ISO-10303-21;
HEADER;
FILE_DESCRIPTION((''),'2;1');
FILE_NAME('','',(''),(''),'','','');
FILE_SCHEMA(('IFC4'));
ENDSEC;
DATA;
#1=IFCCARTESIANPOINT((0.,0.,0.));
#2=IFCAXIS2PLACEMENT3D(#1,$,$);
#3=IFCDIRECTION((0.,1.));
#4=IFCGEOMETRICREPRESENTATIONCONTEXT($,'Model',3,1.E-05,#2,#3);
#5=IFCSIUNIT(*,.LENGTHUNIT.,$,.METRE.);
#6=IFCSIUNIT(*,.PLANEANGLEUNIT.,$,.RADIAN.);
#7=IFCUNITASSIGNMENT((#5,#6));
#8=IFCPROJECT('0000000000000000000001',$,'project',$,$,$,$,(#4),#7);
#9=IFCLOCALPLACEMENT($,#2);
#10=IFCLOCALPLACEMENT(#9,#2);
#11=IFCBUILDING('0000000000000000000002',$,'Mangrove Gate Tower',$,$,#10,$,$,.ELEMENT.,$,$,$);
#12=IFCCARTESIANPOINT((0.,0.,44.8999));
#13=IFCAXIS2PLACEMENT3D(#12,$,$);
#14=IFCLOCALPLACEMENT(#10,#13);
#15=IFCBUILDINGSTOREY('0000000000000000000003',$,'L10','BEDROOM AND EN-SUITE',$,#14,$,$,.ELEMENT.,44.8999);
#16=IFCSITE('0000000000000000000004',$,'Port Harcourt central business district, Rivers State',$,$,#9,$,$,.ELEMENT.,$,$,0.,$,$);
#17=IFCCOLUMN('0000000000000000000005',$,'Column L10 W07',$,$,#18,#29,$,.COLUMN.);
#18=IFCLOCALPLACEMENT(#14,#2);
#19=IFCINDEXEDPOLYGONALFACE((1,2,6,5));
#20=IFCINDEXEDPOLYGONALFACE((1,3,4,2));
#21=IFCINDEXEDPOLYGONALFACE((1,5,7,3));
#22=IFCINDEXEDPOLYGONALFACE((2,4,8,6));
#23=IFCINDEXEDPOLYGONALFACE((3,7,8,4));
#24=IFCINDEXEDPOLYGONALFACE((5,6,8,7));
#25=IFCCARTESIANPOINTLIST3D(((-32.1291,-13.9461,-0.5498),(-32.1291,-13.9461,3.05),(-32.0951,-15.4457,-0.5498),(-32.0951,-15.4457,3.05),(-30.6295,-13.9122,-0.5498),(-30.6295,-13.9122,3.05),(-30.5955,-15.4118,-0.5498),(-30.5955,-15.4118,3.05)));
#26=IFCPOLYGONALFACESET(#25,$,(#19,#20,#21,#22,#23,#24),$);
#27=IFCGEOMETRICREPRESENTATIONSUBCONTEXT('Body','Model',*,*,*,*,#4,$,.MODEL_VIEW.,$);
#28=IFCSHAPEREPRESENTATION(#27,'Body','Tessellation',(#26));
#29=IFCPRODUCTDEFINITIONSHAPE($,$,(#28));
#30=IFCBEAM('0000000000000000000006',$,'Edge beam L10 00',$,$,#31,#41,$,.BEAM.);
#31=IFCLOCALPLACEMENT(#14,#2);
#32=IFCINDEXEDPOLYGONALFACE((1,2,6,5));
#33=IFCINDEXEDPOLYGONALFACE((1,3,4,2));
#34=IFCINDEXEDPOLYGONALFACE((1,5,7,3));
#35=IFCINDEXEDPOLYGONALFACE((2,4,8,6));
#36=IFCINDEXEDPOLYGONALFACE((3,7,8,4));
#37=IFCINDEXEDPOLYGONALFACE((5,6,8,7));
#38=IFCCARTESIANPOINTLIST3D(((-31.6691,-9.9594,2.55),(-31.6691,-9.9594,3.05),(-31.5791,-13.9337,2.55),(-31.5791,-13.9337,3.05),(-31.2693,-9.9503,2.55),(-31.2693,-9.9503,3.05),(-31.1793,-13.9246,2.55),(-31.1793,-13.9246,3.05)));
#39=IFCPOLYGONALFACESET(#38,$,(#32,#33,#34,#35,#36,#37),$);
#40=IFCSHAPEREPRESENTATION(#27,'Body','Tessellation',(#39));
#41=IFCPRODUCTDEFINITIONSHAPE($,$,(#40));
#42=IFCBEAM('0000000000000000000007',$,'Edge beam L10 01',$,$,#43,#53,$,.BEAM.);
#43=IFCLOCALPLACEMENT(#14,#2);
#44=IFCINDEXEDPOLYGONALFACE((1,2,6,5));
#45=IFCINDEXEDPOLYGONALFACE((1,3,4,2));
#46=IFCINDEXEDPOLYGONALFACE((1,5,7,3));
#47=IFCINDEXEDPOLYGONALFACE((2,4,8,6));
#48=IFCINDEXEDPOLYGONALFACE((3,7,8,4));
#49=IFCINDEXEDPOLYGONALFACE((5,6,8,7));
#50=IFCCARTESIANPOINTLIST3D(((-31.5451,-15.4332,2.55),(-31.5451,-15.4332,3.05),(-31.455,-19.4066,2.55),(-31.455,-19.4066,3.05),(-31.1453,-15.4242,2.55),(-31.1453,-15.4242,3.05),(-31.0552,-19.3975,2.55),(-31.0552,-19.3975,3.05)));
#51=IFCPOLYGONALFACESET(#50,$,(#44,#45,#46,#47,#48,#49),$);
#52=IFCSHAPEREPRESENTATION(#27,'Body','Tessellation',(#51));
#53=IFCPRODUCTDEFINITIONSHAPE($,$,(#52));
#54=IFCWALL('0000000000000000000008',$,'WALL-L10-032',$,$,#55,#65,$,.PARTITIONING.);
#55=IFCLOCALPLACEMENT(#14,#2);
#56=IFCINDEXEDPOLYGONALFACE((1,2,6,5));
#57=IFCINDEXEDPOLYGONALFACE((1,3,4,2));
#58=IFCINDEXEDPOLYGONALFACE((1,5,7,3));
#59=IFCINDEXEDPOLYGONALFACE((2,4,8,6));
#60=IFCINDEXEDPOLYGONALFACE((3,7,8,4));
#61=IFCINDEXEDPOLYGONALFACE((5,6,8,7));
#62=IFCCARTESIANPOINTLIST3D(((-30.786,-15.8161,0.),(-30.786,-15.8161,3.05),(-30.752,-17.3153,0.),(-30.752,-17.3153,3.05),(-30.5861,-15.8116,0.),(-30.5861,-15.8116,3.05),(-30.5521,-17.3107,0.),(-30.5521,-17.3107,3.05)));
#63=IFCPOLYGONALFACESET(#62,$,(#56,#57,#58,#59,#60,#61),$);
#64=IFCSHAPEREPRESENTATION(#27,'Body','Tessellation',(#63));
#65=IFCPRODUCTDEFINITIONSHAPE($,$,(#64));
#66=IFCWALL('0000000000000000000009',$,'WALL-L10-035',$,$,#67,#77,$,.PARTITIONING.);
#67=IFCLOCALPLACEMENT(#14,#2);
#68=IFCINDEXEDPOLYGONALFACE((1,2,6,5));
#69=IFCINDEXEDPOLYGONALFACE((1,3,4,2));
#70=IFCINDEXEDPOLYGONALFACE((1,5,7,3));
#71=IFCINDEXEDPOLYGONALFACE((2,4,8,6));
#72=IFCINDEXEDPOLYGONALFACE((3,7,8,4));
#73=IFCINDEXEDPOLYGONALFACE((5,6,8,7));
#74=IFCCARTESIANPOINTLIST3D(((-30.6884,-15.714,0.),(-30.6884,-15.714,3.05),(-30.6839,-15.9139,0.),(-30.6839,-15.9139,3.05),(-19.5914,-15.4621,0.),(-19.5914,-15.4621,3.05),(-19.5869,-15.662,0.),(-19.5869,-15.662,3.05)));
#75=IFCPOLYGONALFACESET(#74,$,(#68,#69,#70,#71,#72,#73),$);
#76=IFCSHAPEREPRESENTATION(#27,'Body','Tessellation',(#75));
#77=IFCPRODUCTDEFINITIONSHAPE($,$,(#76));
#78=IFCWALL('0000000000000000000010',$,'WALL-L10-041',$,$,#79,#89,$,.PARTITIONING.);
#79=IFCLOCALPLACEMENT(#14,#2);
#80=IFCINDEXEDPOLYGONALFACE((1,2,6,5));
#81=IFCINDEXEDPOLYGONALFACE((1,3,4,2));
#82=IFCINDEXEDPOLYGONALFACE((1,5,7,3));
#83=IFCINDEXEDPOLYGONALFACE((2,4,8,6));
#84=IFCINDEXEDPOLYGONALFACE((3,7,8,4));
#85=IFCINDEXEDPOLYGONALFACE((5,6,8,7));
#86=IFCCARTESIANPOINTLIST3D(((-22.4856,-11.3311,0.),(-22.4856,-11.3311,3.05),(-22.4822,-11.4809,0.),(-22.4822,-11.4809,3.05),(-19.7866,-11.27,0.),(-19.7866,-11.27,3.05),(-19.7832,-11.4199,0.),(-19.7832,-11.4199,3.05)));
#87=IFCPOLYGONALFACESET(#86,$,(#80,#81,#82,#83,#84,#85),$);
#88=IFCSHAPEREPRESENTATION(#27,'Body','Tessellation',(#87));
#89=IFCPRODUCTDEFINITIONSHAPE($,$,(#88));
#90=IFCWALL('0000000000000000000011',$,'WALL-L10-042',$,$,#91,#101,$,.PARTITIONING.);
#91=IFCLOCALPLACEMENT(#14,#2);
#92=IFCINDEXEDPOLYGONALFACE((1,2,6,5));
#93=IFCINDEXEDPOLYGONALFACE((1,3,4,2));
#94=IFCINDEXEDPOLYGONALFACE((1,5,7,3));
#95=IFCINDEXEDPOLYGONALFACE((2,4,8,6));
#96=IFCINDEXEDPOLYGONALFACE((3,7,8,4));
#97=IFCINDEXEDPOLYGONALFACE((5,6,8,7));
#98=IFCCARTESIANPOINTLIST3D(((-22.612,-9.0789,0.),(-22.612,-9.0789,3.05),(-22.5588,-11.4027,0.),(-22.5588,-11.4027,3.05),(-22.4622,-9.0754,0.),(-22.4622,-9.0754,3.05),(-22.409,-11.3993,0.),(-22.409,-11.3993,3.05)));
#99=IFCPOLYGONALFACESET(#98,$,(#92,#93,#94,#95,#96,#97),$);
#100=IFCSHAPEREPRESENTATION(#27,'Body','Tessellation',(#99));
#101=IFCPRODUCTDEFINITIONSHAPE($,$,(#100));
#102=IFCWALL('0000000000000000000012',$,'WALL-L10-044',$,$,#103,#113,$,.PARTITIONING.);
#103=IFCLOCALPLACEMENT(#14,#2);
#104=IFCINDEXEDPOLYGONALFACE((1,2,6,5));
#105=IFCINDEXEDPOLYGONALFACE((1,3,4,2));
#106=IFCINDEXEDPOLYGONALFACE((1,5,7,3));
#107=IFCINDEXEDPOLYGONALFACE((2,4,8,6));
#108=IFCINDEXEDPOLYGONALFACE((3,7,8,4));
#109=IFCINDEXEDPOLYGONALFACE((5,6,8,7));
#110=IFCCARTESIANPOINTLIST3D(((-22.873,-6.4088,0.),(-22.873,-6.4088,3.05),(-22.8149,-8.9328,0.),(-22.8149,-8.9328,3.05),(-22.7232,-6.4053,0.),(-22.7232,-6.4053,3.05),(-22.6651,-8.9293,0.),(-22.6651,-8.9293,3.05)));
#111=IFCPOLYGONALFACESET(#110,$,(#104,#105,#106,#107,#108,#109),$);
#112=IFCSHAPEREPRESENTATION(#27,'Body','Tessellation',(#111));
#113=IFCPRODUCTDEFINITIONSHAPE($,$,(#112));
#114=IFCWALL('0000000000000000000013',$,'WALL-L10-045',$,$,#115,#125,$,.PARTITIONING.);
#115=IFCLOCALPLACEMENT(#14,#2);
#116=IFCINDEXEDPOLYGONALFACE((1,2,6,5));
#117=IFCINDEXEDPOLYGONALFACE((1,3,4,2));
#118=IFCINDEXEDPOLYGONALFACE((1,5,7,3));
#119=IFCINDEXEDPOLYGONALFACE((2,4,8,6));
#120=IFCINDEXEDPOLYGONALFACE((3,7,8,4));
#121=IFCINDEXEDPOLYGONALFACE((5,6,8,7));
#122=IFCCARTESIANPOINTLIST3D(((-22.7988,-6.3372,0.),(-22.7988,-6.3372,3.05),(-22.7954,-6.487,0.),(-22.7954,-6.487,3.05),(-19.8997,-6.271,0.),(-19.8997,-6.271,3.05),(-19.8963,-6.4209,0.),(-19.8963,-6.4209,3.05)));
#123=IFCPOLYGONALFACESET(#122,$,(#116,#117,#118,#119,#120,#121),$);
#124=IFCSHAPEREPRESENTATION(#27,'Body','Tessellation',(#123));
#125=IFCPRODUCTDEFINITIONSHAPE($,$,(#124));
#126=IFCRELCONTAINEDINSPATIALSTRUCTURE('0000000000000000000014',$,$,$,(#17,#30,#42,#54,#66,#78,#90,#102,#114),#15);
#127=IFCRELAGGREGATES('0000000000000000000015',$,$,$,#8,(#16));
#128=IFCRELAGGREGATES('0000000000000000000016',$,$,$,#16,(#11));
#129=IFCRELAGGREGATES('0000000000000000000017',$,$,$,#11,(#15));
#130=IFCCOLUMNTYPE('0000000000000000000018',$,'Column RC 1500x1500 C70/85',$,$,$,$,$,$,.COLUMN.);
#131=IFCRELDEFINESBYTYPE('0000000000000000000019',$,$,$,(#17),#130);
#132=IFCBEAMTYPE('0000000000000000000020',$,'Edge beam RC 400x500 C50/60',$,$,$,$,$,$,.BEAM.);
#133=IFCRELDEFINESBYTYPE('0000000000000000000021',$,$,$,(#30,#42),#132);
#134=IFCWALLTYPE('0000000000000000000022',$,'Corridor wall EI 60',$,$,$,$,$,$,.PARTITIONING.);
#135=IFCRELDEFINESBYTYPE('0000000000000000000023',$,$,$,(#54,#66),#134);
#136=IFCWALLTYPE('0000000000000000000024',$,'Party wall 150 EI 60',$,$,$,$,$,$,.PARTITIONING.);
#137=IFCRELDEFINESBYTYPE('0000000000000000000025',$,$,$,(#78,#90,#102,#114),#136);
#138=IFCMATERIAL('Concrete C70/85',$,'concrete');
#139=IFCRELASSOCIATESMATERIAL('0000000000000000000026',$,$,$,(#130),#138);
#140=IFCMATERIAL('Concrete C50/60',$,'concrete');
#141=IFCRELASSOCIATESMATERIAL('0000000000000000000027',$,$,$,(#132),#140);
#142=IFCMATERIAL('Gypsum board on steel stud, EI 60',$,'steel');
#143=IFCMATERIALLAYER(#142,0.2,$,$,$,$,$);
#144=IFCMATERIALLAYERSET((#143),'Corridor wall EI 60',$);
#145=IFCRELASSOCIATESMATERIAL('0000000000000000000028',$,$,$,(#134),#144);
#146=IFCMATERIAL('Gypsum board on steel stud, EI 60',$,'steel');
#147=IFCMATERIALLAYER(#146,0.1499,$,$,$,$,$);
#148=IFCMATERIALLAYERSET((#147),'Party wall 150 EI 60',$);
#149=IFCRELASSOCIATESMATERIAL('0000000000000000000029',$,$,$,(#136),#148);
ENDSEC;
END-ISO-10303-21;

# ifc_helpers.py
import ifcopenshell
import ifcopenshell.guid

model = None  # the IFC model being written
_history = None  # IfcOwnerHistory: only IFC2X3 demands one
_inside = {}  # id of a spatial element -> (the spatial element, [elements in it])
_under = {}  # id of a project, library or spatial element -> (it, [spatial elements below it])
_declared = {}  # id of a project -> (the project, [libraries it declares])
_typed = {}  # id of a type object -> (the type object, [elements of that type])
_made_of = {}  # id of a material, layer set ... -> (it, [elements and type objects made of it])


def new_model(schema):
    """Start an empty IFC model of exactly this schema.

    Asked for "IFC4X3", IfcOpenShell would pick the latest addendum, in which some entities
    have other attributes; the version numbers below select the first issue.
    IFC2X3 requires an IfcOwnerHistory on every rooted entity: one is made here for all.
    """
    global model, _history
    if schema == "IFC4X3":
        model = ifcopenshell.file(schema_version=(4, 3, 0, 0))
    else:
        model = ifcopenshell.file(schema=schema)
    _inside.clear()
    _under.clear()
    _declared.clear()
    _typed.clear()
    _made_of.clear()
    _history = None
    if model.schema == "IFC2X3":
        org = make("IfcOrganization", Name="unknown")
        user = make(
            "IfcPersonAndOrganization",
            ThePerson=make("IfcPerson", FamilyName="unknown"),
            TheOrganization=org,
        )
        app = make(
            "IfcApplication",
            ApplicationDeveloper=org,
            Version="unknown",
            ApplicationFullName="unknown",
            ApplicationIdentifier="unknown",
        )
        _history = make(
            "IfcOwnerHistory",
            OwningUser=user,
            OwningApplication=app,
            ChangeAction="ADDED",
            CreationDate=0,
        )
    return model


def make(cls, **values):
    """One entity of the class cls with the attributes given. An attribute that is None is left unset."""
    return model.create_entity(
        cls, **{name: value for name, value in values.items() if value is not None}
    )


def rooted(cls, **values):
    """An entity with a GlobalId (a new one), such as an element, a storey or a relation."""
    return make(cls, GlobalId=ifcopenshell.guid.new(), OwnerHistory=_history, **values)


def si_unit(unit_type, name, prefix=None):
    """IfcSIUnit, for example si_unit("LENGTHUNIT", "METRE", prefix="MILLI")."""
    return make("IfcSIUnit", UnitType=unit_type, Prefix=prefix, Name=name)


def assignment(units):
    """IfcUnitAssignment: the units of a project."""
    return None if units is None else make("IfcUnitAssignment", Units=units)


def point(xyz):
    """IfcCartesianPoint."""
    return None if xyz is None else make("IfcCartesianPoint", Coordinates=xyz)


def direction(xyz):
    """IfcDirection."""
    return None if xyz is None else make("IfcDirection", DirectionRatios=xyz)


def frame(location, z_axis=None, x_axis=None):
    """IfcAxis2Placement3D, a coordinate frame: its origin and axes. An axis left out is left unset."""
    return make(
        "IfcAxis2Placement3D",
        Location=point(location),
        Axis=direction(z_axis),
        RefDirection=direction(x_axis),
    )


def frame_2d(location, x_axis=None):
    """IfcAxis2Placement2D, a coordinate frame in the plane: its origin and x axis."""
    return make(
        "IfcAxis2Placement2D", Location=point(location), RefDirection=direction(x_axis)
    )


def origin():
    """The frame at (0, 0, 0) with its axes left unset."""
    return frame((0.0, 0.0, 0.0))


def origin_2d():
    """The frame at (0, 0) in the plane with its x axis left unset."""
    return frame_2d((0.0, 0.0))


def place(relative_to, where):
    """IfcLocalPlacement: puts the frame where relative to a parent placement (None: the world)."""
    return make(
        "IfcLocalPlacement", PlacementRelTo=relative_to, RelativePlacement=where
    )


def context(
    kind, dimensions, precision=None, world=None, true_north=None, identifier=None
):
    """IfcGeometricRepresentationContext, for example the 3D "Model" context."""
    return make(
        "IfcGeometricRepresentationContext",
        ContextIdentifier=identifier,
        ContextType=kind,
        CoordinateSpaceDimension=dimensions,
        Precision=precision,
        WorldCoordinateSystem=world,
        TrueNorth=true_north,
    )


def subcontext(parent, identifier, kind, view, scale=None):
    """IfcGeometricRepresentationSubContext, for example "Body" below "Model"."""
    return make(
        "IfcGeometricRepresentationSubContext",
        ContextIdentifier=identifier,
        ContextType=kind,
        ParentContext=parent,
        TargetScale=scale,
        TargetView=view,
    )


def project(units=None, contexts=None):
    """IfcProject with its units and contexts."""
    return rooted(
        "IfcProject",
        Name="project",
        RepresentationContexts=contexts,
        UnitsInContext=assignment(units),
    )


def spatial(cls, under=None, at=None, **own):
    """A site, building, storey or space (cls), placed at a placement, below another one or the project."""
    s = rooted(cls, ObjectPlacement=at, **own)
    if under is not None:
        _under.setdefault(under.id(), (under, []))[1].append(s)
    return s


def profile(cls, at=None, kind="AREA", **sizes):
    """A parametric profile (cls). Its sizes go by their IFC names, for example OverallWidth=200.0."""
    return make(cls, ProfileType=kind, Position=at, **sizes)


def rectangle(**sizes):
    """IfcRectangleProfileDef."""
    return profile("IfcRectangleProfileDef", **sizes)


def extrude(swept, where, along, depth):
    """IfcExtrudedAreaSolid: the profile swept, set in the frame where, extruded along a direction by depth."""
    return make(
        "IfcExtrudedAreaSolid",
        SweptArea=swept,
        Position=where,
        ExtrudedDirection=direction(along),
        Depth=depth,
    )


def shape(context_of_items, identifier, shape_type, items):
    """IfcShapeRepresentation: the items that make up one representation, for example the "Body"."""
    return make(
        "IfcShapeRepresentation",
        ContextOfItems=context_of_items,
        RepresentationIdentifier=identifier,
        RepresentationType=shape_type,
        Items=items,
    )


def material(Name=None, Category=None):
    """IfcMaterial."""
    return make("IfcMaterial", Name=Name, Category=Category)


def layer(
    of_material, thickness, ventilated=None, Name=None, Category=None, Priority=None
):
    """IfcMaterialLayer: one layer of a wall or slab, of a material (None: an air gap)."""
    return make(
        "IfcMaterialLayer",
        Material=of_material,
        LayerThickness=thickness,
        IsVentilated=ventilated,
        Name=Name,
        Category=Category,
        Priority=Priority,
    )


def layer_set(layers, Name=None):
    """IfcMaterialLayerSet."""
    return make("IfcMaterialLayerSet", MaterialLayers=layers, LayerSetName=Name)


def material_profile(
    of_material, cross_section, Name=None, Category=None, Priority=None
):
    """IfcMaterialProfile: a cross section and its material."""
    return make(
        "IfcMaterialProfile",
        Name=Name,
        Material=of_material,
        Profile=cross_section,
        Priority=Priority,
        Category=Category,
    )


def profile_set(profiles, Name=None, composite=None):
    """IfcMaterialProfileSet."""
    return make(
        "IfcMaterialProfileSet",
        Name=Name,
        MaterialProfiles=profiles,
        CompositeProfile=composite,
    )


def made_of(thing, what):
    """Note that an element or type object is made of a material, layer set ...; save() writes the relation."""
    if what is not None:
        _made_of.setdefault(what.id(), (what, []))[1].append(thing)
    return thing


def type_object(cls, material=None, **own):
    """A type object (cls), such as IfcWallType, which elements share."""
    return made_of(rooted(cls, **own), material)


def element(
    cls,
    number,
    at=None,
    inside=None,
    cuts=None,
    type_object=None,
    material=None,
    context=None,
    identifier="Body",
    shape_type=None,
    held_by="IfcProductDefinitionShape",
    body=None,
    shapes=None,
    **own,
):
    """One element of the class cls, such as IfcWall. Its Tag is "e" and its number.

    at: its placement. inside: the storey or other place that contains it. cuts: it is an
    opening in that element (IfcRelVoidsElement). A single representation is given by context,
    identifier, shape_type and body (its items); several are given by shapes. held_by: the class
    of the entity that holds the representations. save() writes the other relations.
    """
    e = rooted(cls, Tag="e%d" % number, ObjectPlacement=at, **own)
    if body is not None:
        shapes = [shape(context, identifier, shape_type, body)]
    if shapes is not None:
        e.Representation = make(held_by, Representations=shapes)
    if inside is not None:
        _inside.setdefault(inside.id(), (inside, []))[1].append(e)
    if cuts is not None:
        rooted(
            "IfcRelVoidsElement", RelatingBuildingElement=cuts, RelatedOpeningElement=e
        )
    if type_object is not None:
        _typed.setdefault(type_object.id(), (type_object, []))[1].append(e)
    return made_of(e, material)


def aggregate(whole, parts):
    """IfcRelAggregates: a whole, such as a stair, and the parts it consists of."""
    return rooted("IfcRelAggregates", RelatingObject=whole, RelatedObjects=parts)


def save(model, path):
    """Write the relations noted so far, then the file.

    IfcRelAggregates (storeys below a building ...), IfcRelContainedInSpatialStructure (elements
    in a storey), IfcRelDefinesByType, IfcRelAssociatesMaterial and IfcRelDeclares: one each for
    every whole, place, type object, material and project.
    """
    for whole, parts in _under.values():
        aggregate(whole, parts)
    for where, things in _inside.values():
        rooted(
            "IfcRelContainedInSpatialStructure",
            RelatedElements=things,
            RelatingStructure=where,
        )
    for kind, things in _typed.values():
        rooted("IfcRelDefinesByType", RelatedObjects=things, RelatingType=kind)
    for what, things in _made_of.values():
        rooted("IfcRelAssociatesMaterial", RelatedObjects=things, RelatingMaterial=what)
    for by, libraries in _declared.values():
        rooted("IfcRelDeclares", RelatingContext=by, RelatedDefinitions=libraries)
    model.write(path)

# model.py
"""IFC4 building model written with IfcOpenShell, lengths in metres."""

from ifc_helpers import new_model, si_unit, direction, frame, frame_2d, origin, origin_2d, place, context, subcontext, project, spatial, rectangle, extrude, material, layer, layer_set, material_profile, profile_set, type_object, element, save


model = new_model("IFC4")

# Units and contexts
model_context = context("Model", 3, precision=1e-05, world=origin(), true_north=direction((0.0, 1.0)))
body_context = subcontext(model_context, "Body", "Model", "MODEL_VIEW")
ifc_project = project(units=[si_unit("LENGTHUNIT", "METRE"), si_unit("PLANEANGLEUNIT", "RADIAN")], contexts=[model_context])

# Site, building, storey
site_placement = place(None, origin())
site = spatial("IfcSite", under=ifc_project, at=site_placement, Name="Port Harcourt central business district, Rivers State", CompositionType="ELEMENT", RefElevation=0.0)
building_placement = place(site_placement, origin())
building = spatial("IfcBuilding", under=site, at=building_placement, Name="Mangrove Gate Tower", CompositionType="ELEMENT")
storey_placement = place(building_placement, frame((0.0, 0.0, 44.8999)))
storey = spatial("IfcBuildingStorey", under=building, at=storey_placement, Name="L10", Description="BEDROOM AND EN-SUITE", CompositionType="ELEMENT", Elevation=44.8999)

# Column
ifc_material_1 = material(Name="Concrete C70/85", Category="concrete")
ifc_material_profile_1 = material_profile(ifc_material_1, rectangle(XDim=1.5, YDim=1.5, at=origin_2d()))
ifc_profile_set_1 = profile_set([ifc_material_profile_1], Name="Concrete C70/85")
column_type = type_object("IfcColumnType", Name="Column RC 1500x1500 C70/85", PredefinedType="COLUMN", material=ifc_profile_set_1)
column_placement = place(storey_placement, frame((-31.3623, -14.679, -0.5498), z_axis=(0.0, 0.0, 1.0), x_axis=(0.022649, -0.999743, 0.0)))
element("IfcColumn", 1, at=column_placement, inside=storey, type_object=column_type, Name="Column L10 W07", PredefinedType="COLUMN", context=body_context, shape_type="SweptSolid", body=[
    extrude(rectangle(XDim=1.5, YDim=1.5, at=origin_2d()), origin(), (0.0, 0.0, 1.0), 3.5999),
])

# Beams
ifc_material_2 = material(Name="Concrete C50/60", Category="concrete")
ifc_material_profile_2 = material_profile(ifc_material_2, rectangle(XDim=0.3999, YDim=0.5, at=origin_2d()))
ifc_profile_set_2 = profile_set([ifc_material_profile_2], Name="Concrete C50/60")
beam_type = type_object("IfcBeamType", Name="Edge beam RC 400x500 C50/60", PredefinedType="BEAM", material=ifc_profile_set_2)
beam_1_placement = place(storey_placement, frame((-31.4692, -9.9548, 2.8), z_axis=(0.022661, -0.999743, 0.0), x_axis=(0.999743, 0.022661, 0.0)))
element("IfcBeam", 2, at=beam_1_placement, inside=storey, type_object=beam_type, Name="Edge beam L10 00", PredefinedType="BEAM", context=body_context, shape_type="SweptSolid", body=[
    extrude(rectangle(XDim=0.3999, YDim=0.5, at=origin_2d()), origin(), (0.0, 0.0, 1.0), 3.9753),
])
beam_2_placement = place(storey_placement, frame((-31.3452, -15.4287, 2.8), z_axis=(0.022667, -0.999743, 0.0), x_axis=(0.999743, 0.022667, 0.0)))
element("IfcBeam", 3, at=beam_2_placement, inside=storey, type_object=beam_type, Name="Edge beam L10 01", PredefinedType="BEAM", context=body_context, shape_type="SweptSolid", body=[
    extrude(rectangle(XDim=0.3999, YDim=0.5, at=origin_2d()), origin(), (0.0, 0.0, 1.0), 3.9744),
])

# Shared definitions
ifc_material_3 = material(Name="Gypsum board on steel stud, EI 60", Category="steel")
ifc_layer_1 = layer(ifc_material_3, 0.2)
ifc_layer_set_1 = layer_set([ifc_layer_1], Name="Corridor wall EI 60")
wall_type_1 = type_object("IfcWallType", Name="Corridor wall EI 60", PredefinedType="PARTITIONING", material=ifc_layer_set_1)

# Walls
wall_1_placement = place(storey_placement, frame((-30.6521, -17.313, 0.0), z_axis=(0.0, 0.0, 1.0), x_axis=(-0.022633, 0.999744, 0.0)))
element("IfcWall", 4, at=wall_1_placement, inside=storey, type_object=wall_type_1, Name="WALL-L10-032", PredefinedType="PARTITIONING", context=body_context, shape_type="SweptSolid", body=[
    extrude(rectangle(XDim=1.4995, YDim=0.2, at=frame_2d((0.7498, 0.0))), origin(), (0.0, 0.0, 1.0), 3.05),
])
wall_2_placement = place(storey_placement, frame((-30.686, -15.814, 0.0), z_axis=(0.0, 0.0, 1.0), x_axis=(0.999742, 0.022699, 0.0)))
element("IfcWall", 5, at=wall_2_placement, inside=storey, type_object=wall_type_1, Name="WALL-L10-035", PredefinedType="PARTITIONING", context=body_context, shape_type="SweptSolid", body=[
    extrude(rectangle(XDim=11.0999, YDim=0.2, at=frame_2d((5.5498, 0.0))), origin(), (0.0, 0.0, 1.0), 3.05),
])
ifc_material_4 = material(Name="Gypsum board on steel stud, EI 60", Category="steel")
ifc_layer_2 = layer(ifc_material_4, 0.1499)
ifc_layer_set_2 = layer_set([ifc_layer_2], Name="Party wall 150 EI 60")
wall_type_2 = type_object("IfcWallType", Name="Party wall 150 EI 60", PredefinedType="PARTITIONING", material=ifc_layer_set_2)
wall_3_placement = place(storey_placement, frame((-22.4839, -11.406, 0.0), z_axis=(0.0, 0.0, 1.0), x_axis=(0.999744, 0.022608, 0.0)))
element("IfcWall", 6, at=wall_3_placement, inside=storey, type_object=wall_type_2, Name="WALL-L10-041", PredefinedType="PARTITIONING", context=body_context, shape_type="SweptSolid", body=[
    extrude(rectangle(XDim=2.6997, YDim=0.1499, at=frame_2d((1.3499, 0.0))), origin(), (0.0, 0.0, 1.0), 3.05),
])
wall_4_placement = place(storey_placement, frame((-22.4839, -11.4009, 0.0), z_axis=(0.0, 0.0, 1.0), x_axis=(-0.022896, 0.999738, 0.0)))
element("IfcWall", 7, at=wall_4_placement, inside=storey, type_object=wall_type_2, Name="WALL-L10-042", PredefinedType="PARTITIONING", context=body_context, shape_type="SweptSolid", body=[
    extrude(rectangle(XDim=2.3245, YDim=0.1499, at=frame_2d((1.1621, 0.0))), origin(), (0.0, 0.0, 1.0), 3.05),
])
wall_5_placement = place(storey_placement, frame((-22.74, -8.9309, 0.0), z_axis=(0.0, 0.0, 1.0), x_axis=(-0.023016, 0.999735, 0.0)))
element("IfcWall", 8, at=wall_5_placement, inside=storey, type_object=wall_type_2, Name="WALL-L10-044", PredefinedType="PARTITIONING", context=body_context, shape_type="SweptSolid", body=[
    extrude(rectangle(XDim=2.5247, YDim=0.1499, at=frame_2d((1.2622, 0.0))), origin(), (0.0, 0.0, 1.0), 3.05),
])
wall_6_placement = place(storey_placement, frame((-22.7971, -6.4121, 0.0), z_axis=(0.0, 0.0, 1.0), x_axis=(0.99974, 0.022815, 0.0)))
element("IfcWall", 9, at=wall_6_placement, inside=storey, type_object=wall_type_2, Name="WALL-L10-045", PredefinedType="PARTITIONING", context=body_context, shape_type="SweptSolid", body=[
    extrude(rectangle(XDim=2.8999, YDim=0.1499, at=frame_2d((1.45, 0.0))), origin(), (0.0, 0.0, 1.0), 3.05),
])

save(model, "model.ifc")
